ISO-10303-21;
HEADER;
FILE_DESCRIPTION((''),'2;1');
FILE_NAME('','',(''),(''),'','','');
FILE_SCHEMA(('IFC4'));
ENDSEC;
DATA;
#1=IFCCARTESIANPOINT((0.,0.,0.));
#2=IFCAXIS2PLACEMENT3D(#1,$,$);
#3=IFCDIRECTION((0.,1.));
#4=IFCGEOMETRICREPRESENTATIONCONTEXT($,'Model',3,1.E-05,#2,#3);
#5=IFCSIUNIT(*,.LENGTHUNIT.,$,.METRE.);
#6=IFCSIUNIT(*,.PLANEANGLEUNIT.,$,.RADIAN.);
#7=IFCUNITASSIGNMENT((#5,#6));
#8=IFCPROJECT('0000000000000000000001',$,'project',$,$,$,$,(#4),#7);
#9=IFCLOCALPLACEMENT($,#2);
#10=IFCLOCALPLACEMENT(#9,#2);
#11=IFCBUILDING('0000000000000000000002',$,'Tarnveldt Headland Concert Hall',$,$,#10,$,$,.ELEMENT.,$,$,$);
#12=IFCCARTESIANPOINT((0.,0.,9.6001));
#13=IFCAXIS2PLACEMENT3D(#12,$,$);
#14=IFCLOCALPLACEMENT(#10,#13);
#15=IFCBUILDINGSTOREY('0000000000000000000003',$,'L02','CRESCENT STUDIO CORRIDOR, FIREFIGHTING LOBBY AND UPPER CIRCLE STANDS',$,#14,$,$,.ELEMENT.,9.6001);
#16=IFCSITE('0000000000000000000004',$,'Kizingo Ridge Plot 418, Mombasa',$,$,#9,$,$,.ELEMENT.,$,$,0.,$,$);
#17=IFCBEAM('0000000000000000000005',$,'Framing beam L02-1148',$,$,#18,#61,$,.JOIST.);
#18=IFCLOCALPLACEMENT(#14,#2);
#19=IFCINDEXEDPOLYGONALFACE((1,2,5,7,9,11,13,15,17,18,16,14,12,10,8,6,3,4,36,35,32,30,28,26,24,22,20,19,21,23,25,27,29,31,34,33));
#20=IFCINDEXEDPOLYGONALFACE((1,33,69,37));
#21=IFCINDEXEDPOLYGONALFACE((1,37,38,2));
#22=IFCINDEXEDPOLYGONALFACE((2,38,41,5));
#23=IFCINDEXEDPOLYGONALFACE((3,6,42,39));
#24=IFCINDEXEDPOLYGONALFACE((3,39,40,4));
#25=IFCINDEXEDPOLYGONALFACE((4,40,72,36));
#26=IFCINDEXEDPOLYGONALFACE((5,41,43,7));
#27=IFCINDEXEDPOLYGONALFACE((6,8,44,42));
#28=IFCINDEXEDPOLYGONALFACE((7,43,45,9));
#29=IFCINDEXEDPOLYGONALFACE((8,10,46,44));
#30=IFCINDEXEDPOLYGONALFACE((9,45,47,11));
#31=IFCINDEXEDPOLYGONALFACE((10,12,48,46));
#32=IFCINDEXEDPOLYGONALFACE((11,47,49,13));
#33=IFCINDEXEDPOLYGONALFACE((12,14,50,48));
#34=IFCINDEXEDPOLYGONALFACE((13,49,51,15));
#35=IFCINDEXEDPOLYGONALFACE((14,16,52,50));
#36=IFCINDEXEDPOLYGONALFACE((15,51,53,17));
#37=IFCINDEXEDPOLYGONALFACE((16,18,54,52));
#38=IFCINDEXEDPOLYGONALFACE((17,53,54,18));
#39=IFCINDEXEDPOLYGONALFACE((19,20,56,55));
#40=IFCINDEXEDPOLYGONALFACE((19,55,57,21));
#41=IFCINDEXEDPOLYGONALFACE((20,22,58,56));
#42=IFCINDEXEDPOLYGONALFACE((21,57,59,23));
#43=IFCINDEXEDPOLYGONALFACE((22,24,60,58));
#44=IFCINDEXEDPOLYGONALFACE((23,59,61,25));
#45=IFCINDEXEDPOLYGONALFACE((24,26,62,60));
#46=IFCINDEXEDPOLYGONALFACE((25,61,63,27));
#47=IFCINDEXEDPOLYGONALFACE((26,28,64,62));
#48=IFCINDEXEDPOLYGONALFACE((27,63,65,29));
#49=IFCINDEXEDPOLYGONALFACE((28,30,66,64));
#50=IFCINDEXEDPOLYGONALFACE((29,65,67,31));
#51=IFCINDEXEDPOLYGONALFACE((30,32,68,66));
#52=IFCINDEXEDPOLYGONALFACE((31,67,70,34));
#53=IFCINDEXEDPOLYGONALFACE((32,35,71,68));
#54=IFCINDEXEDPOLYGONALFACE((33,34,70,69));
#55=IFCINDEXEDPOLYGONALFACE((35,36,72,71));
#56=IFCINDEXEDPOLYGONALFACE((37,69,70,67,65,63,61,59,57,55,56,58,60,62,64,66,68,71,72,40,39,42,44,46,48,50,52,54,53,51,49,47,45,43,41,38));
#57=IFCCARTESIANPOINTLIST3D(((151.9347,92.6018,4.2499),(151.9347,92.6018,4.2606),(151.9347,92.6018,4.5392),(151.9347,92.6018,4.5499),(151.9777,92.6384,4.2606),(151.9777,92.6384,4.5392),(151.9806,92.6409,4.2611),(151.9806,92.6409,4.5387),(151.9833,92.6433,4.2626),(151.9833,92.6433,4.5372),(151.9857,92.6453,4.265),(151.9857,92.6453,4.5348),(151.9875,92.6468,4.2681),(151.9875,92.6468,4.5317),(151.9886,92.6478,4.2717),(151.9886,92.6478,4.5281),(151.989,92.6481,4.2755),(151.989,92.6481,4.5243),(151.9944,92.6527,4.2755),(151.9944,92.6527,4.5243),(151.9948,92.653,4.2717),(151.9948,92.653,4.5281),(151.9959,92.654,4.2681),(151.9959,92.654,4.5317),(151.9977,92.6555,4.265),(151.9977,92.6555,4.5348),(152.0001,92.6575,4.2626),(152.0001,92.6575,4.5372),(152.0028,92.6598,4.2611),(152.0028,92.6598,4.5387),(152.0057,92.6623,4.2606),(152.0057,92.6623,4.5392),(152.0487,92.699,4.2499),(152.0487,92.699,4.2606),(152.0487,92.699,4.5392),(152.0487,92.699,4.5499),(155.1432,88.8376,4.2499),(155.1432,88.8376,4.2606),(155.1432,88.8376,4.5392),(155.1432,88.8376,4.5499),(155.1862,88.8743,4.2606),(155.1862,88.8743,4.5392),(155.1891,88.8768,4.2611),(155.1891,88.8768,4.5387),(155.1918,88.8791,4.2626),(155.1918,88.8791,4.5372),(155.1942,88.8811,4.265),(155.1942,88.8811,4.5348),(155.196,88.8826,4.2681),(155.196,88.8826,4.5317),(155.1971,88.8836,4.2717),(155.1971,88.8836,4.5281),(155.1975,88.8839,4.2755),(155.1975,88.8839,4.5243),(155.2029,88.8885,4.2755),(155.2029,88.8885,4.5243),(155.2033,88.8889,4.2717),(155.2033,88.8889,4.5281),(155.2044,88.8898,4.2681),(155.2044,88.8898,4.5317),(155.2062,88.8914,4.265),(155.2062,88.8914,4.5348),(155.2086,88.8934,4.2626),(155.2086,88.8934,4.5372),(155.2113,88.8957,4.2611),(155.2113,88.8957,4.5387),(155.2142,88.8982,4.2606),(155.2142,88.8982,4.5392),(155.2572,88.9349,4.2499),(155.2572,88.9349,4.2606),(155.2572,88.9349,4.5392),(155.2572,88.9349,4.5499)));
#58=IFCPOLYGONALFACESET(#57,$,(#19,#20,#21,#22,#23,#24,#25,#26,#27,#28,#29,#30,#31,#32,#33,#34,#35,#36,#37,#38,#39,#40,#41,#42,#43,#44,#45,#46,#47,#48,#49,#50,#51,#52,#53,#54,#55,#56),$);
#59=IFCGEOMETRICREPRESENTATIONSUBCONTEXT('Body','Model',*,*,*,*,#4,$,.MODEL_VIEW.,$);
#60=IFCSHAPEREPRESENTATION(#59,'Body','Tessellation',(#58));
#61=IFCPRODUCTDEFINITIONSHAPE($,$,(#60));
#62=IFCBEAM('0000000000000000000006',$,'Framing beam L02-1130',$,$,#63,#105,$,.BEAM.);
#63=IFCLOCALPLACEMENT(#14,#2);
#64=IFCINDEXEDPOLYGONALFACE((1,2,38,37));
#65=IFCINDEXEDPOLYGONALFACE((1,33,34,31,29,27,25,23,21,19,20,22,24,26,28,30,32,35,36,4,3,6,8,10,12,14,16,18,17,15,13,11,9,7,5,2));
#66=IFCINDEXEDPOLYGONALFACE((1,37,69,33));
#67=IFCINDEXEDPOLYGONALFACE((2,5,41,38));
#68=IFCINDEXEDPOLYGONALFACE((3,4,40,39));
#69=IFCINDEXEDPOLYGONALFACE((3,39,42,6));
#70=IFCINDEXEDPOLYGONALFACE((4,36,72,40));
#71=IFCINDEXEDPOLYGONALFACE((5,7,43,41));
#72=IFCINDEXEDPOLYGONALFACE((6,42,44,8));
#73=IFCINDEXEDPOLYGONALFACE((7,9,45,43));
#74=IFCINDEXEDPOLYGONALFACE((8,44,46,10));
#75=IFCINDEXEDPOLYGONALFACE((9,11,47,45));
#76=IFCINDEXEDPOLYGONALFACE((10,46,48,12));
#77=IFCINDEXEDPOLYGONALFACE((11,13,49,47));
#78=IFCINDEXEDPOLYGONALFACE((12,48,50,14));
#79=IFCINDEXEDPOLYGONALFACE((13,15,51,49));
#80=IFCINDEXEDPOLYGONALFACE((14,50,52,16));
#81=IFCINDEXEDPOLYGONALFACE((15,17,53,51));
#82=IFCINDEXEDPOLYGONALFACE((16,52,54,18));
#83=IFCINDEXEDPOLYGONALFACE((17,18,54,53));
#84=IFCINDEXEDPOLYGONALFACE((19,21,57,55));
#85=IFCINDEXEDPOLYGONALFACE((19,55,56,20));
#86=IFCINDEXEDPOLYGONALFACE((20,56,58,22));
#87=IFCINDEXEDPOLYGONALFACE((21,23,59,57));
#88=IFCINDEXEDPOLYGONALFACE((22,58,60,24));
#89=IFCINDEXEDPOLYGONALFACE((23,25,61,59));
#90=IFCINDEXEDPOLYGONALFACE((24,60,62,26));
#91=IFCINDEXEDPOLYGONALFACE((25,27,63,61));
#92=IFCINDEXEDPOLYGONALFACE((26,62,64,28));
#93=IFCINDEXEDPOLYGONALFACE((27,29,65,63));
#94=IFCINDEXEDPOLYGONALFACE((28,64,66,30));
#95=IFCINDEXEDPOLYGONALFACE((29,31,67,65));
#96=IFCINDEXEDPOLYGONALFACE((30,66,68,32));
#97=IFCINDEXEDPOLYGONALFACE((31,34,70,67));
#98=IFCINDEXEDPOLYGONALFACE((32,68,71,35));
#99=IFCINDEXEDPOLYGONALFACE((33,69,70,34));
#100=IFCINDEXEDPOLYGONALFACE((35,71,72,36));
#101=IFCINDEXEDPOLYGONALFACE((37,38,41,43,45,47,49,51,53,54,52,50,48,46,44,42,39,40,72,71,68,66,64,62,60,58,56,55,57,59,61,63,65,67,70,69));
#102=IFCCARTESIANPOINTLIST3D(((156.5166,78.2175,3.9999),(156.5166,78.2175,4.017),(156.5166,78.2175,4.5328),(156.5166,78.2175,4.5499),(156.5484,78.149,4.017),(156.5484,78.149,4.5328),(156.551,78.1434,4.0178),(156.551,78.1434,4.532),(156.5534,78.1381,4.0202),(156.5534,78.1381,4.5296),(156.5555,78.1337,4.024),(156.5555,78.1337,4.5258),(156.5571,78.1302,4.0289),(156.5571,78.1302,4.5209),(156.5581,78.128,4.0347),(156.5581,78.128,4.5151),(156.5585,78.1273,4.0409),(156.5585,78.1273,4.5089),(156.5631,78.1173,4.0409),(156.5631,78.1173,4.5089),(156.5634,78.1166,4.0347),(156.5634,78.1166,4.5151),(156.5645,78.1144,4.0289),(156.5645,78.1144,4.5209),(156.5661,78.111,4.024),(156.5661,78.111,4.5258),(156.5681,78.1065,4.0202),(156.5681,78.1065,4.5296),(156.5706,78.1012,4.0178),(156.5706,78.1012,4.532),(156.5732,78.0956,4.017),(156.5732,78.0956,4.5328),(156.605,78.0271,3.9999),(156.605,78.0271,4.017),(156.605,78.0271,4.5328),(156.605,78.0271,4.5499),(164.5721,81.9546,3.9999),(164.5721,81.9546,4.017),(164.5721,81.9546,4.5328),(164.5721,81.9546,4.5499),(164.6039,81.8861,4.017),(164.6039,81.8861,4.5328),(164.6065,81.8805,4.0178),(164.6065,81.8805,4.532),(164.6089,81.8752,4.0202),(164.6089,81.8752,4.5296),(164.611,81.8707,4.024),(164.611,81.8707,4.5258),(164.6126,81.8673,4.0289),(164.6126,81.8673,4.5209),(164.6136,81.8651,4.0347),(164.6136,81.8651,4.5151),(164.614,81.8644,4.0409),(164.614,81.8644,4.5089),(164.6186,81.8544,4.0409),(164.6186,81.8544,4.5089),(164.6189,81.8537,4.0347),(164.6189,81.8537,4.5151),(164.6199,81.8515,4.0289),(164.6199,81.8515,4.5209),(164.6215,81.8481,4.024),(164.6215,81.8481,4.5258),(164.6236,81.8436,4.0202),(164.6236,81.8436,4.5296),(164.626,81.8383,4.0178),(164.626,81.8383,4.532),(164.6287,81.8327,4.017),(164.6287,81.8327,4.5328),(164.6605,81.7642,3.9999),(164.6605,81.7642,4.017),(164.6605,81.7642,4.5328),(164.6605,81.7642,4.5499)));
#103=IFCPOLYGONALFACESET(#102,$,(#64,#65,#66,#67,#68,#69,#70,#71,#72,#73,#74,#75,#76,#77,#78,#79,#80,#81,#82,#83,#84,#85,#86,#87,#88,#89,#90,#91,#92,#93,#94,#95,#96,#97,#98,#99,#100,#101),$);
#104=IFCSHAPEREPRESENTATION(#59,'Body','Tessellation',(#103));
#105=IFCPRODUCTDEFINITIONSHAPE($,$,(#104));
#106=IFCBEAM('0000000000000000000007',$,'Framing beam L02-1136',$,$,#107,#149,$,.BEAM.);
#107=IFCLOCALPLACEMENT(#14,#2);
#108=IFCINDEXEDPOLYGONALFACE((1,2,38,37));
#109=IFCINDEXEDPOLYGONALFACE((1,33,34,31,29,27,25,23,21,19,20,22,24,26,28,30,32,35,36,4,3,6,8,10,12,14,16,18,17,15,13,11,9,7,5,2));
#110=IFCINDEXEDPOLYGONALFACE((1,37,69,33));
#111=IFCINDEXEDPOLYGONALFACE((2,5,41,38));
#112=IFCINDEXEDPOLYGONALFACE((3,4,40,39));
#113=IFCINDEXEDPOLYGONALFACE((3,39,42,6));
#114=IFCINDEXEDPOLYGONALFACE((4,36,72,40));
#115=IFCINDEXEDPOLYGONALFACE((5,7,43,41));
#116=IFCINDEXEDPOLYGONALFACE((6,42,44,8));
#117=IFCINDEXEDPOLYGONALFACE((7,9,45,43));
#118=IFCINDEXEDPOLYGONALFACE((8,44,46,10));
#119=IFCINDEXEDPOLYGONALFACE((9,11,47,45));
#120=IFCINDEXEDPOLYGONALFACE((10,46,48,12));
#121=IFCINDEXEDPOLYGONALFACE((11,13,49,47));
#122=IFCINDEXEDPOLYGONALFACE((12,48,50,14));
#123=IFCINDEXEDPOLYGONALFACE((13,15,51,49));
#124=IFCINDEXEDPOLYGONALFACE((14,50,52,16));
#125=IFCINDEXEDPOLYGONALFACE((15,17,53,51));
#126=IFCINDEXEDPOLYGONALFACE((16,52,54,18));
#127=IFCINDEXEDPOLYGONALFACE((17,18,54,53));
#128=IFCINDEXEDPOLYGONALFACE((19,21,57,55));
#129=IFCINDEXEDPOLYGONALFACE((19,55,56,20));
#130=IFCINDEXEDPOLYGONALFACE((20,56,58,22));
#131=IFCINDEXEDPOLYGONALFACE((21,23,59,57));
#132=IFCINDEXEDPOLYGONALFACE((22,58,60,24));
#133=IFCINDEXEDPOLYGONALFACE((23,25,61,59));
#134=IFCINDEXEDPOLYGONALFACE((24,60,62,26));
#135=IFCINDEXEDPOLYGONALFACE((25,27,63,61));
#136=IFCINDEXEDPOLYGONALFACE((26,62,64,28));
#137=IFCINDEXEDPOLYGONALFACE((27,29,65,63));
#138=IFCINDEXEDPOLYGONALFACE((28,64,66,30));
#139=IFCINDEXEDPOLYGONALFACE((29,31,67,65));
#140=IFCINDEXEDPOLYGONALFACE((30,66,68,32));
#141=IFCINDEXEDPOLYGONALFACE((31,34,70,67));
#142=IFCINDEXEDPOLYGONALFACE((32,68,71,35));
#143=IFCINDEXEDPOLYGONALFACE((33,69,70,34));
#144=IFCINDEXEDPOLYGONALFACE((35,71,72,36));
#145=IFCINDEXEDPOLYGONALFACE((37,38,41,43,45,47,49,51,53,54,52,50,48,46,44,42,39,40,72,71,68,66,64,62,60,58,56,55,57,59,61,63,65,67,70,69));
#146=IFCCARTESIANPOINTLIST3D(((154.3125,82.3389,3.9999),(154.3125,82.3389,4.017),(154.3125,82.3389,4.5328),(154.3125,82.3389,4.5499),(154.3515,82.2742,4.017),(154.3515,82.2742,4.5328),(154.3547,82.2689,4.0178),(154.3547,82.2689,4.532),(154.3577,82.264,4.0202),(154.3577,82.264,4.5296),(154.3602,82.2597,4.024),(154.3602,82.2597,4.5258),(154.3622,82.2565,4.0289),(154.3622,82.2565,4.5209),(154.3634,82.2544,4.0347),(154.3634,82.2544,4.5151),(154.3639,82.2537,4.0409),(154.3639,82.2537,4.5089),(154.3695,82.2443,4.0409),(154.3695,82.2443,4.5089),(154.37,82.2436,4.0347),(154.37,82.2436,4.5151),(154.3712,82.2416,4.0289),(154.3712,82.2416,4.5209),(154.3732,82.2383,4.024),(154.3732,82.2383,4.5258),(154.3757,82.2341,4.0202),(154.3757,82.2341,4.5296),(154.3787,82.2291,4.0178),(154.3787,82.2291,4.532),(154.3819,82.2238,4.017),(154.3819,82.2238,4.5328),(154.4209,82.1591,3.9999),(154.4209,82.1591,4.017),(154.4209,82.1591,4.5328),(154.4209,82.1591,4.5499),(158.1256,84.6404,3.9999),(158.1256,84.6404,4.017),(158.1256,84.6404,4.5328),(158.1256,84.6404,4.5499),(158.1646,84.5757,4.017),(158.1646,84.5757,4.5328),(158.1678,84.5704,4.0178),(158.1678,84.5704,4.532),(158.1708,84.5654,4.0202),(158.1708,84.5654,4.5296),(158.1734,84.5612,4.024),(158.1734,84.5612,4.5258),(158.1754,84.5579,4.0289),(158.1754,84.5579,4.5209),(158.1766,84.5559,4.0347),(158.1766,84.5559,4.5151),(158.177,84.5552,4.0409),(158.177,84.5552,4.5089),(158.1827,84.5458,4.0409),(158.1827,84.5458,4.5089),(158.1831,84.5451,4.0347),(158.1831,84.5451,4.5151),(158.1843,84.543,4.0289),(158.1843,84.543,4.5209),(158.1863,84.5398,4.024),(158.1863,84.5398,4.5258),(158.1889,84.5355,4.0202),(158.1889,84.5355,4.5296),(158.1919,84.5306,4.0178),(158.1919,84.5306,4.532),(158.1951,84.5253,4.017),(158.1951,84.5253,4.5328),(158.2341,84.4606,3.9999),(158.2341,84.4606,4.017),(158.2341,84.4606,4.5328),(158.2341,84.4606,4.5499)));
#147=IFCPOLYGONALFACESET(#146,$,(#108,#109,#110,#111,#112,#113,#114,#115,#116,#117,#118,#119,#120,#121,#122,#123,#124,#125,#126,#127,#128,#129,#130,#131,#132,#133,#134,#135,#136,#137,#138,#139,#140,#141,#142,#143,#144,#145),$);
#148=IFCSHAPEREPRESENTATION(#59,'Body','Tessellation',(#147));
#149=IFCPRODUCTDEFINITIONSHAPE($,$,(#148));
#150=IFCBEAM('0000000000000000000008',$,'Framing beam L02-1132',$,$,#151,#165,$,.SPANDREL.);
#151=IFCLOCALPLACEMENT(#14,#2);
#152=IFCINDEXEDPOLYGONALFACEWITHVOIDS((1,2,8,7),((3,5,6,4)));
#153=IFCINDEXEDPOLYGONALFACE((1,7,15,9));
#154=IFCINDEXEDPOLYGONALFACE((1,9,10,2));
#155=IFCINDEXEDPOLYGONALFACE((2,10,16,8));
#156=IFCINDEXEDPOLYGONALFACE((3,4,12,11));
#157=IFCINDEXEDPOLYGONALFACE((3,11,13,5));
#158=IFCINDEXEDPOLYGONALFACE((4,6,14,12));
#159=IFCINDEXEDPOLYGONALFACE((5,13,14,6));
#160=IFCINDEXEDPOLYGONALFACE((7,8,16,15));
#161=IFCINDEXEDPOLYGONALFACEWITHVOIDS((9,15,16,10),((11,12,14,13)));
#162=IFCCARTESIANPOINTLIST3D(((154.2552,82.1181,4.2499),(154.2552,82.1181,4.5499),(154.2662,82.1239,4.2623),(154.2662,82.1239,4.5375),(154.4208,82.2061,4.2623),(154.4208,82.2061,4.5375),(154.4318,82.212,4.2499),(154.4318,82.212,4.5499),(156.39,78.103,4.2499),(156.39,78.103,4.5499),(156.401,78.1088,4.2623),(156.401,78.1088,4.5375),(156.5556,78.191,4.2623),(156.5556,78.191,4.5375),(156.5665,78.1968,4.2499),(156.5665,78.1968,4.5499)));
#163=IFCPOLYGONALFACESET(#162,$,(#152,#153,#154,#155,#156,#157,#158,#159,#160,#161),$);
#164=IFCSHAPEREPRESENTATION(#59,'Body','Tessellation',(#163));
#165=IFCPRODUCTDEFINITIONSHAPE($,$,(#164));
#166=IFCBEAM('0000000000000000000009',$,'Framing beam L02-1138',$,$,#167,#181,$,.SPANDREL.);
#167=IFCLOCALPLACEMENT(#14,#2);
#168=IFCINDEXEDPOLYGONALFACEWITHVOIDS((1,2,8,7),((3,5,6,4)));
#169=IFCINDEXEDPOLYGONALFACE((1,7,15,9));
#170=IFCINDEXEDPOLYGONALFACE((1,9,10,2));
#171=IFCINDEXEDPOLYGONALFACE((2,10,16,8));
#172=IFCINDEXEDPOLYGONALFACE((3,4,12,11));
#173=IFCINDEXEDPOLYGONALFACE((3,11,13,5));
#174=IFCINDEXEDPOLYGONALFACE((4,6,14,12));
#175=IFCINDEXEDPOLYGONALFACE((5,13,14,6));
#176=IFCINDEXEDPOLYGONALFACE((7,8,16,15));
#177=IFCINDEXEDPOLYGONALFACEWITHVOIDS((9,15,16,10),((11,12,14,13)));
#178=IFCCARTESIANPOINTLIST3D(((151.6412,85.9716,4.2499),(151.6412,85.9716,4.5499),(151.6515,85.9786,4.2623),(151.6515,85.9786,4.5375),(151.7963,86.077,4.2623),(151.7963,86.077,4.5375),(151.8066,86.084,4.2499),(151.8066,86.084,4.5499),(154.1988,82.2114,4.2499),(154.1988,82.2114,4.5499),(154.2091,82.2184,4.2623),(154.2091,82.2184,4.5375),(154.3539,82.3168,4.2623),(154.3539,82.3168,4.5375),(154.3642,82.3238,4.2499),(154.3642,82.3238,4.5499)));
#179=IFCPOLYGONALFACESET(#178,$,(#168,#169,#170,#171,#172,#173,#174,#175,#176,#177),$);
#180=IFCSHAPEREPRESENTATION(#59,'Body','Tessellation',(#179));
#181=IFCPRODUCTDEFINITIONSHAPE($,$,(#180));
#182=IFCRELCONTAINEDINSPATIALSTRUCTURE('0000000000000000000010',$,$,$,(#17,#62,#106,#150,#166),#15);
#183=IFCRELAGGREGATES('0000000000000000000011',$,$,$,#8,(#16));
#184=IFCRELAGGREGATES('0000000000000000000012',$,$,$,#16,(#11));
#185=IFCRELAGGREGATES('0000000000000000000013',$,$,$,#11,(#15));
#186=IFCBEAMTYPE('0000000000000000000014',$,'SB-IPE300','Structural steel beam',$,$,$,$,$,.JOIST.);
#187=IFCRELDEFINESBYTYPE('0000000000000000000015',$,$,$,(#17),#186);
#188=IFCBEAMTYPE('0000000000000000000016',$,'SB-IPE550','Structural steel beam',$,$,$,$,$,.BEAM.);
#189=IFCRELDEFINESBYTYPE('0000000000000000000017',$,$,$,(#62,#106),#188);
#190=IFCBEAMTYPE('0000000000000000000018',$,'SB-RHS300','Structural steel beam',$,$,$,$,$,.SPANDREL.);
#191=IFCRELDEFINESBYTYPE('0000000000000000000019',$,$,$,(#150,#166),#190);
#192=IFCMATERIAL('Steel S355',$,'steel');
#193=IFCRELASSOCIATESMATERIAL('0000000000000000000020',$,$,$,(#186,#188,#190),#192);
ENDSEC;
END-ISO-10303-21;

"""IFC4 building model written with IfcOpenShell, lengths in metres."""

from ifc_helpers import new_model, si_unit, direction, frame, origin, origin_2d, place, context, subcontext, project, spatial, hollow_rectangle, i_section, extrude, material, material_profile, profile_set, type_object, element, save


model = new_model("IFC4")

# Units and contexts
model_context = context("Model", 3, precision=1e-05, world=origin(), true_north=direction((0.0, 1.0)))
body_context = subcontext(model_context, "Body", "Model", "MODEL_VIEW")
ifc_project = project(units=[si_unit("LENGTHUNIT", "METRE"), si_unit("PLANEANGLEUNIT", "RADIAN")], contexts=[model_context])

# Site, building, storey
site_placement = place(None, origin())
site = spatial("IfcSite", under=ifc_project, at=site_placement, Name="Kizingo Ridge Plot 418, Mombasa", CompositionType="ELEMENT", RefElevation=0.0)
building_placement = place(site_placement, origin())
building = spatial("IfcBuilding", under=site, at=building_placement, Name="Tarnveldt Headland Concert Hall", CompositionType="ELEMENT")
storey_placement = place(building_placement, frame((0.0, 0.0, 9.6001)))
storey = spatial("IfcBuildingStorey", under=building, at=storey_placement, Name="L02", Description="CRESCENT STUDIO CORRIDOR, FIREFIGHTING LOBBY AND UPPER CIRCLE STANDS", CompositionType="ELEMENT", Elevation=9.6001)

# Shared definitions
ifc_material_1 = material(Name="Steel S355", Category="steel")

# Beams
ifc_material_profile_1 = material_profile(ifc_material_1, i_section(OverallWidth=0.1499, OverallDepth=0.3, WebThickness=0.0071, FlangeThickness=0.0107, FilletRadius=0.0149, at=origin_2d()), Name="IPE300", Category="steel")
ifc_profile_set_1 = profile_set([ifc_material_profile_1], Name="Steel S355")
beam_type_1 = type_object("IfcBeamType", Name="SB-IPE300", Description="Structural steel beam", PredefinedType="JOIST", material=ifc_profile_set_1)
beam_1_placement = place(storey_placement, frame((155.2002, 88.8862, 4.3999), z_axis=(-0.648699, 0.761045, 0.0), x_axis=(-0.761045, -0.648699, 0.0)))
element("IfcBeam", 1, at=beam_1_placement, inside=storey, type_object=beam_type_1, Name="Framing beam L02-1148", PredefinedType="JOIST", context=body_context, shape_type="SweptSolid", body=[
    extrude(i_section(OverallWidth=0.1499, OverallDepth=0.3, WebThickness=0.0071, FlangeThickness=0.0107, FilletRadius=0.0149, at=origin_2d()), origin(), (0.0, 0.0, 1.0), 4.946),
])
ifc_material_profile_2 = material_profile(ifc_material_1, i_section(OverallWidth=0.21, OverallDepth=0.55, WebThickness=0.011, FlangeThickness=0.0171, FilletRadius=0.0239, at=origin_2d()), Name="IPE550", Category="steel")
ifc_profile_set_2 = profile_set([ifc_material_profile_2], Name="Steel S355")
beam_type_2 = type_object("IfcBeamType", Name="SB-IPE550", Description="Structural steel beam", PredefinedType="BEAM", material=ifc_profile_set_2)
beam_2_placement = place(storey_placement, frame((156.5608, 78.1223, 4.2749), z_axis=(0.907136, 0.420837, 0.0), x_axis=(-0.420837, 0.907136, 0.0)))
element("IfcBeam", 2, at=beam_2_placement, inside=storey, type_object=beam_type_2, Name="Framing beam L02-1130", PredefinedType="BEAM", context=body_context, shape_type="SweptSolid", body=[
    extrude(i_section(OverallWidth=0.21, OverallDepth=0.55, WebThickness=0.011, FlangeThickness=0.0171, FilletRadius=0.0239, at=origin_2d()), origin(), (0.0, 0.0, 1.0), 8.8801),
])
beam_3_placement = place(storey_placement, frame((154.3667, 82.249, 4.2749), z_axis=(0.856145, 0.516735, 0.0), x_axis=(-0.516735, 0.856145, 0.0)))
element("IfcBeam", 3, at=beam_3_placement, inside=storey, type_object=beam_type_2, Name="Framing beam L02-1136", PredefinedType="BEAM", context=body_context, shape_type="SweptSolid", body=[
    extrude(i_section(OverallWidth=0.21, OverallDepth=0.55, WebThickness=0.011, FlangeThickness=0.0171, FilletRadius=0.0239, at=origin_2d()), origin(), (0.0, 0.0, 1.0), 4.4539),
])
ifc_material_profile_3 = material_profile(ifc_material_1, hollow_rectangle(XDim=0.2, YDim=0.3, WallThickness=0.0125, at=origin_2d()), Name="RHS 300x200x12.5", Category="steel")
ifc_profile_set_3 = profile_set([ifc_material_profile_3], Name="Steel S355")
beam_type_3 = type_object("IfcBeamType", Name="SB-RHS300", Description="Structural steel beam", PredefinedType="SPANDREL", material=ifc_profile_set_3)
beam_4_placement = place(storey_placement, frame((156.4783, 78.1499, 4.3999), z_axis=(-0.469451, 0.882959, 0.0), x_axis=(-0.882959, -0.469451, 0.0)))
element("IfcBeam", 4, at=beam_4_placement, inside=storey, type_object=beam_type_3, Name="Framing beam L02-1132", PredefinedType="SPANDREL", context=body_context, shape_type="SweptSolid", body=[
    extrude(hollow_rectangle(XDim=0.2, YDim=0.3, WallThickness=0.0125, at=origin_2d()), origin(), (0.0, 0.0, 1.0), 4.5474),
])
beam_5_placement = place(storey_placement, frame((154.2815, 82.2676, 4.3999), z_axis=(-0.562407, 0.826861, 0.0), x_axis=(-0.826861, -0.562407, 0.0)))
element("IfcBeam", 5, at=beam_5_placement, inside=storey, type_object=beam_type_3, Name="Framing beam L02-1138", PredefinedType="SPANDREL", context=body_context, shape_type="SweptSolid", body=[
    extrude(hollow_rectangle(XDim=0.2, YDim=0.3, WallThickness=0.0125, at=origin_2d()), origin(), (0.0, 0.0, 1.0), 4.5476),
])

save(model, "model.ifc")
